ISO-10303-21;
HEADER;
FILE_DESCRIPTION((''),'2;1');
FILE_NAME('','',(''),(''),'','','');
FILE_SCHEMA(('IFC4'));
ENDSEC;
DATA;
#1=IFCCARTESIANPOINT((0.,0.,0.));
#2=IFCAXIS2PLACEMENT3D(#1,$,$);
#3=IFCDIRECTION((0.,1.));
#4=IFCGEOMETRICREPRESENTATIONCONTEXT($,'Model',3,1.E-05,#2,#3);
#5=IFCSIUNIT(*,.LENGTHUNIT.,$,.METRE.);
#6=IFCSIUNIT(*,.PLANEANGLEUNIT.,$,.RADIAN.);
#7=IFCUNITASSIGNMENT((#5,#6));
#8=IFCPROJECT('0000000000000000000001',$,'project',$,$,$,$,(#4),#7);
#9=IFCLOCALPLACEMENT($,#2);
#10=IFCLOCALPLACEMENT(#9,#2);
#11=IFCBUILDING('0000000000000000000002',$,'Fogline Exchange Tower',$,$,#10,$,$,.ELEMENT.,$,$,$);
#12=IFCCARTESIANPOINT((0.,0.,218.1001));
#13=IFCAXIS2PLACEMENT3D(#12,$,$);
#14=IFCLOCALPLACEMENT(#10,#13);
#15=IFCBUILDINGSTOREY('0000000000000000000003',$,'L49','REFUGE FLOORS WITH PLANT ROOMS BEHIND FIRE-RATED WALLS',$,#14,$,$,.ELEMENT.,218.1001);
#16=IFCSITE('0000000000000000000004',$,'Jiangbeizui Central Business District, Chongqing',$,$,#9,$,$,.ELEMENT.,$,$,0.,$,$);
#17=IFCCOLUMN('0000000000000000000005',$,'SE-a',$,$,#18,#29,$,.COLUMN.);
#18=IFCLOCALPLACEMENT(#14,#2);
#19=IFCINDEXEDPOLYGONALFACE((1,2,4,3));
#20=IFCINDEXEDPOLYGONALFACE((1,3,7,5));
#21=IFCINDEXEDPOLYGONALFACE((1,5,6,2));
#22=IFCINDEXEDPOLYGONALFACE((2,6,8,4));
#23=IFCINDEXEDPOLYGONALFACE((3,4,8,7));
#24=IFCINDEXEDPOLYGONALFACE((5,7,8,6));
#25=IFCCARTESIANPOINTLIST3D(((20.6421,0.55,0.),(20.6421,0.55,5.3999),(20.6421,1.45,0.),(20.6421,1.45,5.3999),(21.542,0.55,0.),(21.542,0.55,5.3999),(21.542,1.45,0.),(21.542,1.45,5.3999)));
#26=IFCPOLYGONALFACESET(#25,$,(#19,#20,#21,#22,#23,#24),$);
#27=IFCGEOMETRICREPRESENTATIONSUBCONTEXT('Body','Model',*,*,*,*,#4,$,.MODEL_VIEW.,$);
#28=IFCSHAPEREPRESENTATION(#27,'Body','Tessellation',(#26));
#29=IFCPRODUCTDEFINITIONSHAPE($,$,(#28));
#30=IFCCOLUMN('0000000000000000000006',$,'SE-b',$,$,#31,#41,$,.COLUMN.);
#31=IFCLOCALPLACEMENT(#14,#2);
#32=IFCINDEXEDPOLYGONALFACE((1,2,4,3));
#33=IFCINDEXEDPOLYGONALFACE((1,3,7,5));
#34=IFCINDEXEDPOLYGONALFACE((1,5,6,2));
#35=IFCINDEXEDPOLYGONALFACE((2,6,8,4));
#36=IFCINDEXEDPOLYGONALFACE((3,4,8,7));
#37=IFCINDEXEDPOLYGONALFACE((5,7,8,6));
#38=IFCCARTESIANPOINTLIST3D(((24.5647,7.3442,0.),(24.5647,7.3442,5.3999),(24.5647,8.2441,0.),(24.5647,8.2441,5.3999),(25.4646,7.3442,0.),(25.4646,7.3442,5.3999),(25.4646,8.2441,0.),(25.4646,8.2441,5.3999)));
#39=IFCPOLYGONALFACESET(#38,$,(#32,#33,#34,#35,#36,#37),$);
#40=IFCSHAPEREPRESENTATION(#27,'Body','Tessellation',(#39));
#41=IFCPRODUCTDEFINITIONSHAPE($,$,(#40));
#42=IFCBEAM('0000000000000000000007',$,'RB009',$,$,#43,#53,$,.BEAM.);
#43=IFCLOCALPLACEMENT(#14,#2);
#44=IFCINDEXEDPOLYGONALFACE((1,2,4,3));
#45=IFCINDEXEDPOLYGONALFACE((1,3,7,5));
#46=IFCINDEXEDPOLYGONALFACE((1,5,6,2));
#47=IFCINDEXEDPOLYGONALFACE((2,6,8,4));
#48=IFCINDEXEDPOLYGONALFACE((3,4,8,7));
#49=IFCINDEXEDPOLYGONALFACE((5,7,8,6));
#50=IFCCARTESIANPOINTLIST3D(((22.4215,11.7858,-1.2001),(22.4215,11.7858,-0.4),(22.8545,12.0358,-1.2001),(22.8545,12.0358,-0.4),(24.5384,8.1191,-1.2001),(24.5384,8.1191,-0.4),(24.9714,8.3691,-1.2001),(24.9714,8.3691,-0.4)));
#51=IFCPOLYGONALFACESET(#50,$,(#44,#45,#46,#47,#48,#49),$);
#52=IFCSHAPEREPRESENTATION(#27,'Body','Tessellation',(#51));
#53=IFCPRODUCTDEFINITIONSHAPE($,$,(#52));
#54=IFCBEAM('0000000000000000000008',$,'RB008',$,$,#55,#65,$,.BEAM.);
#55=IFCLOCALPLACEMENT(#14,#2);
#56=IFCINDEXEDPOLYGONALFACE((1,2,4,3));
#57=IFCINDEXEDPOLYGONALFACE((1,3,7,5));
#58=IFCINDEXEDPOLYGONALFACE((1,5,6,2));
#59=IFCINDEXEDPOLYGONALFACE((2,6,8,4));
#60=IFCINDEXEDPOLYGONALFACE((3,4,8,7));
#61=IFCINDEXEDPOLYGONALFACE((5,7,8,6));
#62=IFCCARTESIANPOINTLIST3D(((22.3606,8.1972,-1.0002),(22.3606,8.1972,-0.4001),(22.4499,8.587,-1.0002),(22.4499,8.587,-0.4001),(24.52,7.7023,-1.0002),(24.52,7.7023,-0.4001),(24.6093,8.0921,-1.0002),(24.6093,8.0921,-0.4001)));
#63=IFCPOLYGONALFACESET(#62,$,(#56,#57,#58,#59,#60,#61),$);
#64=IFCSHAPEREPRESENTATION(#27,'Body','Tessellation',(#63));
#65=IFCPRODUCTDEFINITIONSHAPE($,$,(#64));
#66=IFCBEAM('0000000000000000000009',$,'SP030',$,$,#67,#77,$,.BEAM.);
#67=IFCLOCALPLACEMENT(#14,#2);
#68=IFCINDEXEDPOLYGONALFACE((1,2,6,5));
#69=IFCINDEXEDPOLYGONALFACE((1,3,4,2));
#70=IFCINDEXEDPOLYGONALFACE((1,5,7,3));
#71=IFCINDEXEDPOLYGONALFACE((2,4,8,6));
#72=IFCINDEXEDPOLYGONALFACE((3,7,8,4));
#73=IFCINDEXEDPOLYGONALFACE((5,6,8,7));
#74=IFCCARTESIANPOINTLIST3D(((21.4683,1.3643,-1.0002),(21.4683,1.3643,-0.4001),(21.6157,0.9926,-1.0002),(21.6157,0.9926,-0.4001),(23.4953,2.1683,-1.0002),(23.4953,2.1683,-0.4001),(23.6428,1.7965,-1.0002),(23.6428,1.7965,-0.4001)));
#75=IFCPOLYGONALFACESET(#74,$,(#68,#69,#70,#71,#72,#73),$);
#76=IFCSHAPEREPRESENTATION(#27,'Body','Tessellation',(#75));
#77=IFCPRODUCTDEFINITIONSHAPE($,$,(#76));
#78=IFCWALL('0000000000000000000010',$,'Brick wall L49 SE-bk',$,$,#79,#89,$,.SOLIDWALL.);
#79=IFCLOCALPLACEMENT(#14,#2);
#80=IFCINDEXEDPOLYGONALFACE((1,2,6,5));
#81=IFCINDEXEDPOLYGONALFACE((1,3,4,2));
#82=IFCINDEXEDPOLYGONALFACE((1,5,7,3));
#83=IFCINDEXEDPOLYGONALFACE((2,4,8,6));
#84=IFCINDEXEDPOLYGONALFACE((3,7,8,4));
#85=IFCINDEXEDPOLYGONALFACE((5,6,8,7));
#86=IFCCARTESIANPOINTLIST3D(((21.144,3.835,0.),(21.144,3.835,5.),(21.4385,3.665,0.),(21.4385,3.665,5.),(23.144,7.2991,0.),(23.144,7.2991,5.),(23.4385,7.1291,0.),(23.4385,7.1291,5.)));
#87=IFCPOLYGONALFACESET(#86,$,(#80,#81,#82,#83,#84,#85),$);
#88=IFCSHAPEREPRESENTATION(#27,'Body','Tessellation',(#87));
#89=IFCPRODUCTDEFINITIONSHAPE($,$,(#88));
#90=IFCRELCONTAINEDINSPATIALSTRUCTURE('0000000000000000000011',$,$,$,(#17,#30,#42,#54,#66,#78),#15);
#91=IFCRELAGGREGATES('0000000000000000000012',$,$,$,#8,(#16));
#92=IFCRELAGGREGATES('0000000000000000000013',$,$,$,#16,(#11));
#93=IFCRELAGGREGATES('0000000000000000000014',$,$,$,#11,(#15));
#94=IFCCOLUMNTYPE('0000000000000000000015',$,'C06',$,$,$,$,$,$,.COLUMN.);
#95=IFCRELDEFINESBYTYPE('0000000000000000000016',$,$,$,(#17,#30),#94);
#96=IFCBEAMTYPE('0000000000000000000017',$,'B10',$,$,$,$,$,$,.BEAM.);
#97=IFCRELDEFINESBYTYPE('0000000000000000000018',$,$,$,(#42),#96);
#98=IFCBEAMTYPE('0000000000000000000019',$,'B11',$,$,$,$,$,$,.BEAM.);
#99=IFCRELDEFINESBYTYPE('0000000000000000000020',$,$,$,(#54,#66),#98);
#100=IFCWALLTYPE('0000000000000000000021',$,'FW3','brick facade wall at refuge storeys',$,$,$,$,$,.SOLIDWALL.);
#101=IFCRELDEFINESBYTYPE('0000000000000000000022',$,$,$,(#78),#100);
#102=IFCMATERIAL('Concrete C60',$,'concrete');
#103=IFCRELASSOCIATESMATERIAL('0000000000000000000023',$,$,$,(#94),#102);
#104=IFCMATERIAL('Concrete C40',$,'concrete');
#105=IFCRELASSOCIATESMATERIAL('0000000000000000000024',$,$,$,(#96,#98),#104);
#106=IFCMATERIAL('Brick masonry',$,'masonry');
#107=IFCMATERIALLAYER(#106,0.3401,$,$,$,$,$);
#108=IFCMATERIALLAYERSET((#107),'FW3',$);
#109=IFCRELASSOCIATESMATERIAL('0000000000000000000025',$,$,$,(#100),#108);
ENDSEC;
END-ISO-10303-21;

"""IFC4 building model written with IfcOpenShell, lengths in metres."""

from ifc_helpers import new_model, si_unit, direction, frame, frame_2d, origin, origin_2d, place, context, subcontext, project, spatial, rectangle, extrude, material, layer, layer_set, material_profile, profile_set, type_object, element, save


model = new_model("IFC4")

# Units and contexts
model_context = context("Model", 3, precision=1e-05, world=origin(), true_north=direction((0.0, 1.0)))
body_context = subcontext(model_context, "Body", "Model", "MODEL_VIEW")
ifc_project = project(units=[si_unit("LENGTHUNIT", "METRE"), si_unit("PLANEANGLEUNIT", "RADIAN")], contexts=[model_context])

# Site, building, storey
site_placement = place(None, origin())
site = spatial("IfcSite", under=ifc_project, at=site_placement, Name="Jiangbeizui Central Business District, Chongqing", CompositionType="ELEMENT", RefElevation=0.0)
building_placement = place(site_placement, origin())
building = spatial("IfcBuilding", under=site, at=building_placement, Name="Fogline Exchange Tower", CompositionType="ELEMENT")
storey_placement = place(building_placement, frame((0.0, 0.0, 218.1001)))
storey = spatial("IfcBuildingStorey", under=building, at=storey_placement, Name="L49", Description="REFUGE FLOORS WITH PLANT ROOMS BEHIND FIRE-RATED WALLS", CompositionType="ELEMENT", Elevation=218.1001)

# Columns
ifc_material_1 = material(Name="Concrete C60", Category="concrete")
ifc_material_profile_1 = material_profile(ifc_material_1, rectangle(XDim=0.8999, YDim=0.8999, at=origin_2d()), Name="RC 900x900")
ifc_profile_set_1 = profile_set([ifc_material_profile_1], Name="Concrete C60")
column_type = type_object("IfcColumnType", Name="C06", PredefinedType="COLUMN", material=ifc_profile_set_1)
for number, where, z_axis, x_axis, name in (
    (1, (21.092, 1.0, 0.0), (0.0, 0.0, 1.0), (1.0, 0.0, 0.0), "SE-a"),
    (2, (25.0146, 7.7942, 0.0), (0.0, 0.0, 1.0), (1.0, 0.0, 0.0), "SE-b"),
):
    element("IfcColumn", number, at=place(storey_placement, frame(where, z_axis=z_axis, x_axis=x_axis)), inside=storey, type_object=column_type, Name=name, PredefinedType="COLUMN", context=body_context, shape_type="SweptSolid", body=[
        extrude(rectangle(XDim=0.8999, YDim=0.8999, at=origin_2d()), origin(), (0.0, 0.0, 1.0), 5.3999),
    ])

# Beams
ifc_material_2 = material(Name="Concrete C40", Category="concrete")
ifc_material_profile_2 = material_profile(ifc_material_2, rectangle(XDim=0.5, YDim=0.8, at=origin_2d()), Name="RC 500x800")
ifc_profile_set_2 = profile_set([ifc_material_profile_2], Name="Concrete C40")
beam_type_1 = type_object("IfcBeamType", Name="B10", PredefinedType="BEAM", material=ifc_profile_set_2)
beam_1_placement = place(storey_placement, frame((24.7549, 8.2441, -0.8), z_axis=(-0.49999, 0.866031, 0.0), x_axis=(-0.866031, -0.49999, 0.0)))
element("IfcBeam", 3, at=beam_1_placement, inside=storey, type_object=beam_type_1, Name="RB009", PredefinedType="BEAM", context=body_context, shape_type="SweptSolid", body=[
    extrude(rectangle(XDim=0.5, YDim=0.8, at=origin_2d()), origin(), (0.0, 0.0, 1.0), 4.2339),
])
ifc_material_profile_3 = material_profile(ifc_material_2, rectangle(XDim=0.3999, YDim=0.6001, at=origin_2d()), Name="RC 400x600")
ifc_profile_set_3 = profile_set([ifc_material_profile_3], Name="Concrete C40")
beam_type_2 = type_object("IfcBeamType", Name="B11", PredefinedType="BEAM", material=ifc_profile_set_3)
beam_2_placement = place(storey_placement, frame((22.4053, 8.3921, -0.7002), z_axis=(0.974732, -0.223378, 0.0), x_axis=(0.223378, 0.974732, 0.0)))
element("IfcBeam", 4, at=beam_2_placement, inside=storey, type_object=beam_type_2, Name="RB008", PredefinedType="BEAM", context=body_context, shape_type="SweptSolid", body=[
    extrude(rectangle(XDim=0.3999, YDim=0.6001, at=origin_2d()), origin(), (0.0, 0.0, 1.0), 2.2153),
])
beam_3_placement = place(storey_placement, frame((21.542, 1.1785, -0.7002), z_axis=(0.929561, 0.368667, 0.0), x_axis=(-0.368667, 0.929561, 0.0)))
element("IfcBeam", 5, at=beam_3_placement, inside=storey, type_object=beam_type_2, Name="SP030", PredefinedType="BEAM", context=body_context, shape_type="SweptSolid", body=[
    extrude(rectangle(XDim=0.3999, YDim=0.6001, at=origin_2d()), origin(), (0.0, 0.0, 1.0), 2.1807),
])

# Wall
ifc_material_3 = material(Name="Brick masonry", Category="masonry")
ifc_layer = layer(ifc_material_3, 0.3401)
ifc_layer_set = layer_set([ifc_layer], Name="FW3")
wall_type = type_object("IfcWallType", Name="FW3", Description="brick facade wall at refuge storeys", PredefinedType="SOLIDWALL", material=ifc_layer_set)
wall_1_placement = place(storey_placement, frame((21.2913, 3.75, 0.0), z_axis=(0.0, 0.0, 1.0), x_axis=(0.499999, 0.866026, 0.0)))
element("IfcWall", 6, at=wall_1_placement, inside=storey, type_object=wall_type, Name="Brick wall L49 SE-bk", PredefinedType="SOLIDWALL", context=body_context, shape_type="SweptSolid", body=[
    extrude(rectangle(XDim=4.0, YDim=0.3401, at=frame_2d((2.0, 0.0))), origin(), (0.0, 0.0, 1.0), 5.0),
])

save(model, "model.ifc")
